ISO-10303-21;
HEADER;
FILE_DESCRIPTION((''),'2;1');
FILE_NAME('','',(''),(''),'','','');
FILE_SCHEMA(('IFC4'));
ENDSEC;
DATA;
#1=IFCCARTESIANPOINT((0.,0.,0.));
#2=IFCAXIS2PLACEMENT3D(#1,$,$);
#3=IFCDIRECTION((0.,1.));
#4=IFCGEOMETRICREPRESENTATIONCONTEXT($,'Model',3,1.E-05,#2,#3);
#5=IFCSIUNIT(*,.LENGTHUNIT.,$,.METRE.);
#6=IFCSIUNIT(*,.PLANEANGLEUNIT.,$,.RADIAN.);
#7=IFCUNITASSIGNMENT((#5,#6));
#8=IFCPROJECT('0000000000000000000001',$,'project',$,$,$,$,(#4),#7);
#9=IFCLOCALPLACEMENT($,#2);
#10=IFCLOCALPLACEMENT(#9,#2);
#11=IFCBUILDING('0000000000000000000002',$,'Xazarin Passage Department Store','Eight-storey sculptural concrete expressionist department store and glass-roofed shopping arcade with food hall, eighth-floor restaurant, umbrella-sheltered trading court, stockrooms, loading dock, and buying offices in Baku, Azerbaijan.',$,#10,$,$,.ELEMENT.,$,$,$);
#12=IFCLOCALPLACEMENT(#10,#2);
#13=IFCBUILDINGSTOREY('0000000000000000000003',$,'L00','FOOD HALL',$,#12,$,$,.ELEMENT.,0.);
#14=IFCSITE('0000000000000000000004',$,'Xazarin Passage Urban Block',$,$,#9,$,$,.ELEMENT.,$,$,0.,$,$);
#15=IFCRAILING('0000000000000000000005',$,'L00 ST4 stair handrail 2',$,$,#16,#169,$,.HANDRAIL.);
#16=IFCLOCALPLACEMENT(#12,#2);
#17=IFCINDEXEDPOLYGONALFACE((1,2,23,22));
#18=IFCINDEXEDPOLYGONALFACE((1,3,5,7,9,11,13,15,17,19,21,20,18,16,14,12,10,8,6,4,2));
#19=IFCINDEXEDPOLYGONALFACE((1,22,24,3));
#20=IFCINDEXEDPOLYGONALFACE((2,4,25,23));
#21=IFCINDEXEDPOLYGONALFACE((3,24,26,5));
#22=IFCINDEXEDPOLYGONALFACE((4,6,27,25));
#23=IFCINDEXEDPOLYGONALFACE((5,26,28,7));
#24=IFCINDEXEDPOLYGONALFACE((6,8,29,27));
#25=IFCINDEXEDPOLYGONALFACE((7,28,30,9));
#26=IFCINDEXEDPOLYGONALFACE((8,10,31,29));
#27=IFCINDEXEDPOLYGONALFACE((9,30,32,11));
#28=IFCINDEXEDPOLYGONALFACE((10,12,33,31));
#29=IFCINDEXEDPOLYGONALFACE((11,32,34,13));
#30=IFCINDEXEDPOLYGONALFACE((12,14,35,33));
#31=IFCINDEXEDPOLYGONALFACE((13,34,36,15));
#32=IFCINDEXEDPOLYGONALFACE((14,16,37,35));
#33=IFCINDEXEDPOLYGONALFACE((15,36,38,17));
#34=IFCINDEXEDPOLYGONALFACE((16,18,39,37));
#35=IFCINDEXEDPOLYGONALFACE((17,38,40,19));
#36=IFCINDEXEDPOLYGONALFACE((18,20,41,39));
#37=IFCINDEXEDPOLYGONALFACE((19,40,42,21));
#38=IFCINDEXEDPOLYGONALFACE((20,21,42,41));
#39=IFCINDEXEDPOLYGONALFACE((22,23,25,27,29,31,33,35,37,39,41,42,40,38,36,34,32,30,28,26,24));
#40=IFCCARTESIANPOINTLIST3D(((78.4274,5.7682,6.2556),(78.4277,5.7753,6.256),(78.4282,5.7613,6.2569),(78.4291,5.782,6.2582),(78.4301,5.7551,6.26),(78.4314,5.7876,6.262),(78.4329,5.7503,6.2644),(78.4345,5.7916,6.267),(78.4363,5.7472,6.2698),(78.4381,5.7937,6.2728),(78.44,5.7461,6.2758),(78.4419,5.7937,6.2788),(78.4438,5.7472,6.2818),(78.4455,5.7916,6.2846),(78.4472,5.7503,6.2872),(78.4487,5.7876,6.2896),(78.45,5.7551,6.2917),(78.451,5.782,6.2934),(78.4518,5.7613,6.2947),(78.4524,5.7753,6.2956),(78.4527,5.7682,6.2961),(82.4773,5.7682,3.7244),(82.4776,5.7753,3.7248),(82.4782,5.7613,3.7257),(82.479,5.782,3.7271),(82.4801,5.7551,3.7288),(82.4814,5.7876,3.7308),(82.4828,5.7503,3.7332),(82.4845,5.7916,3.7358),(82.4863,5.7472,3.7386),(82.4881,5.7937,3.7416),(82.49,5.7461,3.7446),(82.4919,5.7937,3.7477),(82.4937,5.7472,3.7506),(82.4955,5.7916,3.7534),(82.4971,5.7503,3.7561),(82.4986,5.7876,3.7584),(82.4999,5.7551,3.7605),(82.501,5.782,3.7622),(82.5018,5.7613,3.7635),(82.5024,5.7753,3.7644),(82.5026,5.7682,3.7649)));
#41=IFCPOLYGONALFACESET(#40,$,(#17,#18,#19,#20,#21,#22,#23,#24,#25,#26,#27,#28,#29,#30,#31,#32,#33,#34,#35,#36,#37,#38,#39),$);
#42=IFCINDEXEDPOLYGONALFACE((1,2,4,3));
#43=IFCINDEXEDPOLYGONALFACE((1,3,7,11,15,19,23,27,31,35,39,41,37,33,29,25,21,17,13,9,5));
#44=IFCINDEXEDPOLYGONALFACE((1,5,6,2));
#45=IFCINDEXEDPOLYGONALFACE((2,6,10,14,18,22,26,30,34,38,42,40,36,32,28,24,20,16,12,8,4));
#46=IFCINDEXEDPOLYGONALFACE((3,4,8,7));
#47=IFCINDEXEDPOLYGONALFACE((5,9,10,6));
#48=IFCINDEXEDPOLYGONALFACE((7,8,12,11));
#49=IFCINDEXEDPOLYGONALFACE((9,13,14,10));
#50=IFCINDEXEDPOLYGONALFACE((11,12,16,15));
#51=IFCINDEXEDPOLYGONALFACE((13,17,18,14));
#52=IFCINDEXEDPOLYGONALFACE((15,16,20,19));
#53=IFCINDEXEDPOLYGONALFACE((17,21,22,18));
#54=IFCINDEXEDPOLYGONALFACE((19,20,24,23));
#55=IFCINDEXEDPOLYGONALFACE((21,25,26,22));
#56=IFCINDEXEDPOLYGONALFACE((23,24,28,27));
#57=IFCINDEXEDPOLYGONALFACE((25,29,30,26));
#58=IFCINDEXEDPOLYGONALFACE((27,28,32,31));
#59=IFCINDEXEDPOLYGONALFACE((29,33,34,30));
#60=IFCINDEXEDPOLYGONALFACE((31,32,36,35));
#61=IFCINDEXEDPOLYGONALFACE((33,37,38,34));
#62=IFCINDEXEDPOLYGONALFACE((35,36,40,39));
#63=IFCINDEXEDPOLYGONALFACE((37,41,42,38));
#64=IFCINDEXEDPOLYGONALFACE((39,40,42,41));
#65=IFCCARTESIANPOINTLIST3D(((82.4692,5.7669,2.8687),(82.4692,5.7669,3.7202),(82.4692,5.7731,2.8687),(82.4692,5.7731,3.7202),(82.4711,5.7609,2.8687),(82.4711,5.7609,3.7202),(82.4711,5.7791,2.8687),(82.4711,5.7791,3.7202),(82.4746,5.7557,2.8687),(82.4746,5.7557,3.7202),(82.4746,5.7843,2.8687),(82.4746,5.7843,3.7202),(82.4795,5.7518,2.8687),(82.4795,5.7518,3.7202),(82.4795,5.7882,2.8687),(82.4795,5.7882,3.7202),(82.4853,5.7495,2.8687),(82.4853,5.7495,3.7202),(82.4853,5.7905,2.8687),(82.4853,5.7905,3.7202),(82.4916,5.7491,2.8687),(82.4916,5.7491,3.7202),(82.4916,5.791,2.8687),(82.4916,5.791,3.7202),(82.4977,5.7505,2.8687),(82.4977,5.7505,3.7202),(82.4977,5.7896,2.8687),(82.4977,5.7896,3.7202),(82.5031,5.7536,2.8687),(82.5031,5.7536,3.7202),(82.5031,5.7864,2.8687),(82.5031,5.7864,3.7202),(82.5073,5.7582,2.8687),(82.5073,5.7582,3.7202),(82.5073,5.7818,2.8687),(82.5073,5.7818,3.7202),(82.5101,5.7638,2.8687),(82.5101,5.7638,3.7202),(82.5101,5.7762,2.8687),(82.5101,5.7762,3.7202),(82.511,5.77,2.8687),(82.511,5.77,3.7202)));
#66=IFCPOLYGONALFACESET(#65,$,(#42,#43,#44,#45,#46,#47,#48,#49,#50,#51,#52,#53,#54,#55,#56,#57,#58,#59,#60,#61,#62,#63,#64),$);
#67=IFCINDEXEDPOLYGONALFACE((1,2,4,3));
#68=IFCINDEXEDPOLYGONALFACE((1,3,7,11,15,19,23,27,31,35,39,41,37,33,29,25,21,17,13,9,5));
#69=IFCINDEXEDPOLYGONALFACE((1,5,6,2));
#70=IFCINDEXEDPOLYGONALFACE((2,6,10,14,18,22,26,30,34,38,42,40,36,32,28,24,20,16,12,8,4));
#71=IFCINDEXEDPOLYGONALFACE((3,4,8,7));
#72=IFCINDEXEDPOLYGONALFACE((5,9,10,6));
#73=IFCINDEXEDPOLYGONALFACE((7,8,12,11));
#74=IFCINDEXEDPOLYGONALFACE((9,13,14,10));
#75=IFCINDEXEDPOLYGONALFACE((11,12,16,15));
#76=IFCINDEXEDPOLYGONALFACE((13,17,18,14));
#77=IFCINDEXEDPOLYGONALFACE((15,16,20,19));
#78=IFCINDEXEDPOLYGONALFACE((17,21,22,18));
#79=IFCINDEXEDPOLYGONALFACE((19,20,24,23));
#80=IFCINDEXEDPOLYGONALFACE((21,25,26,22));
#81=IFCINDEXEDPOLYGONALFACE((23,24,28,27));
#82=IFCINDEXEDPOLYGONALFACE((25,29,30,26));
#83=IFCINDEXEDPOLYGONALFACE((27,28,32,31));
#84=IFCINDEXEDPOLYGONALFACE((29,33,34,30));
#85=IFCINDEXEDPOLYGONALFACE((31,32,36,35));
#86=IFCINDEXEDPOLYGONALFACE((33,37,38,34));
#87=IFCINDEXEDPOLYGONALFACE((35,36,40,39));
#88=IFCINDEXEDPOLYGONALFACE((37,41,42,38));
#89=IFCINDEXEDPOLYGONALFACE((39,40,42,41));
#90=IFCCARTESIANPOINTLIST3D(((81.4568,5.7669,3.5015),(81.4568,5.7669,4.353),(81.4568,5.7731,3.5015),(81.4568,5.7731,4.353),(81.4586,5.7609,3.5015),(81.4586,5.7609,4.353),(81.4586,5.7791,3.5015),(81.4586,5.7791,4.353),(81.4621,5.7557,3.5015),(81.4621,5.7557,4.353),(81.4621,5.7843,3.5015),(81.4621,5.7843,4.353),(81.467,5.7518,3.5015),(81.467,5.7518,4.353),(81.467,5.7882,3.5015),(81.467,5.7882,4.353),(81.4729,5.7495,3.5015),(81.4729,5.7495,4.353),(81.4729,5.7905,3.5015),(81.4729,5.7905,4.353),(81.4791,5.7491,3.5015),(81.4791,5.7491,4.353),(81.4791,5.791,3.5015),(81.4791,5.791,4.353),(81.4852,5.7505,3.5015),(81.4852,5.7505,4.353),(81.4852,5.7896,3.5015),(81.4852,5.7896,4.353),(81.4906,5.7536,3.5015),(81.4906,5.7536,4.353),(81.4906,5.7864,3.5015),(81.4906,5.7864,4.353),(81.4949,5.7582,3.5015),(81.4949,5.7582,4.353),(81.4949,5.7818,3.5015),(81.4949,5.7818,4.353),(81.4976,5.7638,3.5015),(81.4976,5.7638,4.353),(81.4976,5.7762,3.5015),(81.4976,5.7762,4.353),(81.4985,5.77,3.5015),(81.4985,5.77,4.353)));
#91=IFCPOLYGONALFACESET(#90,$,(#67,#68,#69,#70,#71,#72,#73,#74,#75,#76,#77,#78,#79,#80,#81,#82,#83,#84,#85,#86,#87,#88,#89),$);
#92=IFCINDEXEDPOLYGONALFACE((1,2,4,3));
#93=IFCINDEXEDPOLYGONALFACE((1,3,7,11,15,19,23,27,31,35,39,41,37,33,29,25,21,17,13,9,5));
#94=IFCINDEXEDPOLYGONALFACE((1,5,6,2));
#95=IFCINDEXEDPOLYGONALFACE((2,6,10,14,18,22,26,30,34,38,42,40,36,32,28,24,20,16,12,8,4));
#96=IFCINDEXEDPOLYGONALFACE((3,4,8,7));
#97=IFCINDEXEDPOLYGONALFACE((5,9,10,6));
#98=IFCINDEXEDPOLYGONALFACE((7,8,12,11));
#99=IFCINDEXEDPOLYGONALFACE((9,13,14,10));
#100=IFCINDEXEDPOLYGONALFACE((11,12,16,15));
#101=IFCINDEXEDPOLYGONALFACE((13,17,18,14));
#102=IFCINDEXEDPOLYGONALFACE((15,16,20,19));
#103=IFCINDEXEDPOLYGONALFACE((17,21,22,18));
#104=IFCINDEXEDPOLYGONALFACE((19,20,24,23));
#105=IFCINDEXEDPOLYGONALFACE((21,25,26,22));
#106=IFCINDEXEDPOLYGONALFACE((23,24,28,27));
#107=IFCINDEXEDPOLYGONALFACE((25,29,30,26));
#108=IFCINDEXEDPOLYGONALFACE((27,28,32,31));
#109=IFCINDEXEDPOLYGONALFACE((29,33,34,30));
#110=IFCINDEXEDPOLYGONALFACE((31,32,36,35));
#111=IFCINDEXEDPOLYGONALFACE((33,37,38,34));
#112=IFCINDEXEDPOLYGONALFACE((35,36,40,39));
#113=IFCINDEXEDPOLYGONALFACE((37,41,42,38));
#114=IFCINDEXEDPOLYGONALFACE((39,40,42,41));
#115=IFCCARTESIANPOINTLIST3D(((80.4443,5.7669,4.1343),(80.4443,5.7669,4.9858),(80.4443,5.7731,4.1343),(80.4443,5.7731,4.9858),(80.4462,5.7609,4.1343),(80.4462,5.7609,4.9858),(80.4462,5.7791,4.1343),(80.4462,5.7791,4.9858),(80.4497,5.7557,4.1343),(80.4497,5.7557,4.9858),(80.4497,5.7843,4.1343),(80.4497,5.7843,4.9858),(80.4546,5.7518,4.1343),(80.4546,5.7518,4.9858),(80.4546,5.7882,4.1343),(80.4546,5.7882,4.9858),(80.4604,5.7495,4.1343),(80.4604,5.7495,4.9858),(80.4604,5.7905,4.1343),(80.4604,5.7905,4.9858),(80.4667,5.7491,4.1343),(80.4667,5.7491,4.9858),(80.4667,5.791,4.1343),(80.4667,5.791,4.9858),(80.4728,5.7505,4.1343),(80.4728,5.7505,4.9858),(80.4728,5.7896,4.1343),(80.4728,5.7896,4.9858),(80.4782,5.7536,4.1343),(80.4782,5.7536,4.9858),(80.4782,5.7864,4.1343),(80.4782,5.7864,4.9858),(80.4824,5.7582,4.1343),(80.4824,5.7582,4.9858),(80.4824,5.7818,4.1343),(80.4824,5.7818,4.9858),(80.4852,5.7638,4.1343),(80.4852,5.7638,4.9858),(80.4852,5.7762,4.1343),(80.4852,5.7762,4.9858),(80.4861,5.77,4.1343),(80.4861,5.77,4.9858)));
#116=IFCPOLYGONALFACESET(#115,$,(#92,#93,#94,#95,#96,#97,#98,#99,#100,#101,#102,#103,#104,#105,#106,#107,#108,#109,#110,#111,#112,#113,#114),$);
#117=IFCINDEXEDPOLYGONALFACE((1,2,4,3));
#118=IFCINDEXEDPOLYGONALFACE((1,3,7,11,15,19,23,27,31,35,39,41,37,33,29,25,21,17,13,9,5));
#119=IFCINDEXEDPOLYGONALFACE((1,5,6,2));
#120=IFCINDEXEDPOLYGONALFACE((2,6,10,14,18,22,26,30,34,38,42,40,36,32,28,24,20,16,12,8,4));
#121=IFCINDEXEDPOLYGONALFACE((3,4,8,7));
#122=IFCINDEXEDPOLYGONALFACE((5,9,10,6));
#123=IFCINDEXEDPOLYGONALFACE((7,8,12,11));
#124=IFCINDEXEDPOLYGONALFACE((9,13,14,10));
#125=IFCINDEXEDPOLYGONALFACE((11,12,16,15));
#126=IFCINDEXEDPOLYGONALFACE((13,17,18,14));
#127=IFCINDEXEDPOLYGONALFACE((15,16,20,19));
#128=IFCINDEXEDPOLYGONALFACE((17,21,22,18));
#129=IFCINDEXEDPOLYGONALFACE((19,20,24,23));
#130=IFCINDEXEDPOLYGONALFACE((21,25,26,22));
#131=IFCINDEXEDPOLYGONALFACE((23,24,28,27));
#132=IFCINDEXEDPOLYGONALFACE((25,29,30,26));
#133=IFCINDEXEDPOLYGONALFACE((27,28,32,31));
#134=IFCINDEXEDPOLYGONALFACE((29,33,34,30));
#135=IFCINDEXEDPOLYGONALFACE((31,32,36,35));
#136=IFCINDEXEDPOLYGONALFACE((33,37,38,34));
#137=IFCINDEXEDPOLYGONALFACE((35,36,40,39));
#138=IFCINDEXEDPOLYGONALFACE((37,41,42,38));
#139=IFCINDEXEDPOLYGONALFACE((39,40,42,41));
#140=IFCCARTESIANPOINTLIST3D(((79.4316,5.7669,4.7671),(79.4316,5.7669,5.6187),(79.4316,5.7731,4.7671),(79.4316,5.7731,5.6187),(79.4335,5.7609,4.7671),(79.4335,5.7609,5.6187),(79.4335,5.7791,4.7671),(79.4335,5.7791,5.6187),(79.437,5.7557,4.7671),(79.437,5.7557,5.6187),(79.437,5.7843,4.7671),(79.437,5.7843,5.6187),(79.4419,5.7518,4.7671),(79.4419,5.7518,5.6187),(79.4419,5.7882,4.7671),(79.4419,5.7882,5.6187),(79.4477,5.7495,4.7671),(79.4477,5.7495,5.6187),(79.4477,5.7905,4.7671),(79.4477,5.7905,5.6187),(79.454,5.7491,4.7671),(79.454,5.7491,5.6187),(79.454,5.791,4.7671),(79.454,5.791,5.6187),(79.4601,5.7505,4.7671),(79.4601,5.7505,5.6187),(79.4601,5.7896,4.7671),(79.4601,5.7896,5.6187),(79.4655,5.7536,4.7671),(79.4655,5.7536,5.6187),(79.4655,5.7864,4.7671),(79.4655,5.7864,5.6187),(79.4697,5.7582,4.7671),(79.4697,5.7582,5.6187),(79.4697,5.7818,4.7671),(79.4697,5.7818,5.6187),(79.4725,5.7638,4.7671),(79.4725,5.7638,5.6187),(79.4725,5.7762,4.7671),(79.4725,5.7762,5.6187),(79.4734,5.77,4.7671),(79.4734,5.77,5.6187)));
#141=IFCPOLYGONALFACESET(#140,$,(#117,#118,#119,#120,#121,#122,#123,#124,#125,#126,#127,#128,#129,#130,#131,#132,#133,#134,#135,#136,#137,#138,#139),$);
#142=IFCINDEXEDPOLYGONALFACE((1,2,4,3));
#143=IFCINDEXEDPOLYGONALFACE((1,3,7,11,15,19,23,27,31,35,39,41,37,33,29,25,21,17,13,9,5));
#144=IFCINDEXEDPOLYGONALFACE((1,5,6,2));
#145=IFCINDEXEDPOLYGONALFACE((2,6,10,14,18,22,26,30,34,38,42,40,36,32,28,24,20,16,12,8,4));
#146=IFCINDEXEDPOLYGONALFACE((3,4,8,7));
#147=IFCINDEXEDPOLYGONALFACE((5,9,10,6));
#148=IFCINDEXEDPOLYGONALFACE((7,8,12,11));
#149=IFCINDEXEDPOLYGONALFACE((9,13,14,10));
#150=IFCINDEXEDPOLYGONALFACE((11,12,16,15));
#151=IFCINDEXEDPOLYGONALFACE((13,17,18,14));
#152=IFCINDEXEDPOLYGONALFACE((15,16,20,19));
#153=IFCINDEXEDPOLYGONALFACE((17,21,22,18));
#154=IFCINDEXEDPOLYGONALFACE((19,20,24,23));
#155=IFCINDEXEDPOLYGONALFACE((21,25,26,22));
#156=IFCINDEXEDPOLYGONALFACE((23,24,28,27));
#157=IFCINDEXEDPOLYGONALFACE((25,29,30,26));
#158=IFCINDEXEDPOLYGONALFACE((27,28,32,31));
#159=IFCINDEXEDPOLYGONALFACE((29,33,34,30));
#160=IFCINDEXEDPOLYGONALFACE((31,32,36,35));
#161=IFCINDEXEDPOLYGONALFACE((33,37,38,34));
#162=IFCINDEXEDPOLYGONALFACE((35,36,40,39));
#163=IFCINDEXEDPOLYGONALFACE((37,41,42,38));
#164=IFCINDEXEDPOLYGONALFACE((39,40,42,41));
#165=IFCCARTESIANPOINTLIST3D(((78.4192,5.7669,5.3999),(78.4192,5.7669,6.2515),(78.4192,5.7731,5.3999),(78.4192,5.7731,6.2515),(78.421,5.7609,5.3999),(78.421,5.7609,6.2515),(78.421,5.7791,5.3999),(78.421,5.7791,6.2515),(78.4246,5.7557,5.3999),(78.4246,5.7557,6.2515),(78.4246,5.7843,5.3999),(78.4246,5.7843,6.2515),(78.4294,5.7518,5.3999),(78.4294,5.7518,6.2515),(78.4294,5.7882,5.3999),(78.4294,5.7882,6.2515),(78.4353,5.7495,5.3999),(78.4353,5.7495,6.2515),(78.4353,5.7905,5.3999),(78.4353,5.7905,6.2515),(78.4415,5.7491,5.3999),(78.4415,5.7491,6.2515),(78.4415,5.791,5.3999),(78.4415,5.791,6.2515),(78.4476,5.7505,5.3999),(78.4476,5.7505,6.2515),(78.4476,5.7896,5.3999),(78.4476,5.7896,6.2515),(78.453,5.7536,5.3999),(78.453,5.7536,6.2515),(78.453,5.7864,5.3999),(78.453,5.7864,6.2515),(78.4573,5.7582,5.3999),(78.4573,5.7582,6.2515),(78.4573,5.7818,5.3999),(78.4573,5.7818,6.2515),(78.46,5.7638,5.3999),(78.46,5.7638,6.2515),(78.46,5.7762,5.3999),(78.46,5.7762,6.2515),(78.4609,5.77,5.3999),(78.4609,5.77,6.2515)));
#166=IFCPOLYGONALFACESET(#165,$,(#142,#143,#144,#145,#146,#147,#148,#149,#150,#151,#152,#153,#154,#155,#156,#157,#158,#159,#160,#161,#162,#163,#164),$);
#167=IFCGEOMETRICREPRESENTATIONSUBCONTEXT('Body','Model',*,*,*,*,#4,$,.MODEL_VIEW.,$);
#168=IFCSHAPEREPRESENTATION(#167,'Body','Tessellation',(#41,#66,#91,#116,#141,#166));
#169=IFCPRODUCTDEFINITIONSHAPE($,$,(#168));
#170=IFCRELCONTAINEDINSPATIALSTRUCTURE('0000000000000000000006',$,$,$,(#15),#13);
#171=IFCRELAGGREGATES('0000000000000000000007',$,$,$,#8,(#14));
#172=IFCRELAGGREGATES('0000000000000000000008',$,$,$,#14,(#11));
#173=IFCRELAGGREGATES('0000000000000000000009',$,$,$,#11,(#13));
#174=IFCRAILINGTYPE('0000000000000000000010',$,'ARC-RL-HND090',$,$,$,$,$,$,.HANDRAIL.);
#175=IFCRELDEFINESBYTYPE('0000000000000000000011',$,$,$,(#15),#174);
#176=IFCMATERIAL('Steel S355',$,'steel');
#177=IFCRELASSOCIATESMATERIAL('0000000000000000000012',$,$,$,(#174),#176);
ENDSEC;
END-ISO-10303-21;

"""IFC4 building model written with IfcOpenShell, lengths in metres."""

from ifc_helpers import new_model, si_unit, direction, frame, origin, origin_2d, place, context, subcontext, project, spatial, circle, extrude, material, type_object, element, save


model = new_model("IFC4")

# Units and contexts
model_context = context("Model", 3, precision=1e-05, world=origin(), true_north=direction((0.0, 1.0)))
body_context = subcontext(model_context, "Body", "Model", "MODEL_VIEW")
ifc_project = project(units=[si_unit("LENGTHUNIT", "METRE"), si_unit("PLANEANGLEUNIT", "RADIAN")], contexts=[model_context])

# Site, building, storey
site_placement = place(None, origin())
site = spatial("IfcSite", under=ifc_project, at=site_placement, Name="Xazarin Passage Urban Block", CompositionType="ELEMENT", RefElevation=0.0)
building_placement = place(site_placement, origin())
building = spatial("IfcBuilding", under=site, at=building_placement, Name="Xazarin Passage Department Store", Description="Eight-storey sculptural concrete expressionist department store and glass-roofed shopping arcade with food hall, eighth-floor restaurant, umbrella-sheltered trading court, stockrooms, loading dock, and buying offices in Baku, Azerbaijan.", CompositionType="ELEMENT")
storey_placement = place(building_placement, origin())
storey = spatial("IfcBuildingStorey", under=building, at=storey_placement, Name="L00", Description="FOOD HALL", CompositionType="ELEMENT", Elevation=0.0)

# Railing
ifc_material_1 = material(Name="Steel S355", Category="steel")
railing_type_1 = type_object("IfcRailingType", Name="ARC-RL-HND090", PredefinedType="HANDRAIL", material=ifc_material_1)
railing_1_placement = place(storey_placement, frame((82.49, 5.77, 2.8687)))
element("IfcRailing", 1, at=railing_1_placement, inside=storey, type_object=railing_type_1, Name="L00 ST4 stair handrail 2", PredefinedType="HANDRAIL", context=body_context, shape_type="SweptSolid", body=[
    extrude(circle(Radius=0.0239, at=origin_2d()), frame((0.0, 0.0, 0.876), z_axis=(-0.848001, 0.0, 0.529994), x_axis=(0.0, -1.0, 0.0)), (0.0, 0.0, 1.0), 4.7759),
    extrude(circle(Radius=0.021, at=origin_2d()), origin(), (0.0, 0.0, 1.0), 0.8516),
    extrude(circle(Radius=0.021, at=origin_2d()), frame((-1.0125, 0.0, 0.6328)), (0.0, 0.0, 1.0), 0.8516),
    extrude(circle(Radius=0.021, at=origin_2d()), frame((-2.0249, 0.0, 1.2656)), (0.0, 0.0, 1.0), 0.8516),
    extrude(circle(Radius=0.021, at=origin_2d()), frame((-3.0376, 0.0, 1.8984)), (0.0, 0.0, 1.0), 0.8516),
    extrude(circle(Radius=0.021, at=origin_2d()), frame((-4.05, 0.0, 2.5312)), (0.0, 0.0, 1.0), 0.8516),
])

save(model, "model.ifc")
